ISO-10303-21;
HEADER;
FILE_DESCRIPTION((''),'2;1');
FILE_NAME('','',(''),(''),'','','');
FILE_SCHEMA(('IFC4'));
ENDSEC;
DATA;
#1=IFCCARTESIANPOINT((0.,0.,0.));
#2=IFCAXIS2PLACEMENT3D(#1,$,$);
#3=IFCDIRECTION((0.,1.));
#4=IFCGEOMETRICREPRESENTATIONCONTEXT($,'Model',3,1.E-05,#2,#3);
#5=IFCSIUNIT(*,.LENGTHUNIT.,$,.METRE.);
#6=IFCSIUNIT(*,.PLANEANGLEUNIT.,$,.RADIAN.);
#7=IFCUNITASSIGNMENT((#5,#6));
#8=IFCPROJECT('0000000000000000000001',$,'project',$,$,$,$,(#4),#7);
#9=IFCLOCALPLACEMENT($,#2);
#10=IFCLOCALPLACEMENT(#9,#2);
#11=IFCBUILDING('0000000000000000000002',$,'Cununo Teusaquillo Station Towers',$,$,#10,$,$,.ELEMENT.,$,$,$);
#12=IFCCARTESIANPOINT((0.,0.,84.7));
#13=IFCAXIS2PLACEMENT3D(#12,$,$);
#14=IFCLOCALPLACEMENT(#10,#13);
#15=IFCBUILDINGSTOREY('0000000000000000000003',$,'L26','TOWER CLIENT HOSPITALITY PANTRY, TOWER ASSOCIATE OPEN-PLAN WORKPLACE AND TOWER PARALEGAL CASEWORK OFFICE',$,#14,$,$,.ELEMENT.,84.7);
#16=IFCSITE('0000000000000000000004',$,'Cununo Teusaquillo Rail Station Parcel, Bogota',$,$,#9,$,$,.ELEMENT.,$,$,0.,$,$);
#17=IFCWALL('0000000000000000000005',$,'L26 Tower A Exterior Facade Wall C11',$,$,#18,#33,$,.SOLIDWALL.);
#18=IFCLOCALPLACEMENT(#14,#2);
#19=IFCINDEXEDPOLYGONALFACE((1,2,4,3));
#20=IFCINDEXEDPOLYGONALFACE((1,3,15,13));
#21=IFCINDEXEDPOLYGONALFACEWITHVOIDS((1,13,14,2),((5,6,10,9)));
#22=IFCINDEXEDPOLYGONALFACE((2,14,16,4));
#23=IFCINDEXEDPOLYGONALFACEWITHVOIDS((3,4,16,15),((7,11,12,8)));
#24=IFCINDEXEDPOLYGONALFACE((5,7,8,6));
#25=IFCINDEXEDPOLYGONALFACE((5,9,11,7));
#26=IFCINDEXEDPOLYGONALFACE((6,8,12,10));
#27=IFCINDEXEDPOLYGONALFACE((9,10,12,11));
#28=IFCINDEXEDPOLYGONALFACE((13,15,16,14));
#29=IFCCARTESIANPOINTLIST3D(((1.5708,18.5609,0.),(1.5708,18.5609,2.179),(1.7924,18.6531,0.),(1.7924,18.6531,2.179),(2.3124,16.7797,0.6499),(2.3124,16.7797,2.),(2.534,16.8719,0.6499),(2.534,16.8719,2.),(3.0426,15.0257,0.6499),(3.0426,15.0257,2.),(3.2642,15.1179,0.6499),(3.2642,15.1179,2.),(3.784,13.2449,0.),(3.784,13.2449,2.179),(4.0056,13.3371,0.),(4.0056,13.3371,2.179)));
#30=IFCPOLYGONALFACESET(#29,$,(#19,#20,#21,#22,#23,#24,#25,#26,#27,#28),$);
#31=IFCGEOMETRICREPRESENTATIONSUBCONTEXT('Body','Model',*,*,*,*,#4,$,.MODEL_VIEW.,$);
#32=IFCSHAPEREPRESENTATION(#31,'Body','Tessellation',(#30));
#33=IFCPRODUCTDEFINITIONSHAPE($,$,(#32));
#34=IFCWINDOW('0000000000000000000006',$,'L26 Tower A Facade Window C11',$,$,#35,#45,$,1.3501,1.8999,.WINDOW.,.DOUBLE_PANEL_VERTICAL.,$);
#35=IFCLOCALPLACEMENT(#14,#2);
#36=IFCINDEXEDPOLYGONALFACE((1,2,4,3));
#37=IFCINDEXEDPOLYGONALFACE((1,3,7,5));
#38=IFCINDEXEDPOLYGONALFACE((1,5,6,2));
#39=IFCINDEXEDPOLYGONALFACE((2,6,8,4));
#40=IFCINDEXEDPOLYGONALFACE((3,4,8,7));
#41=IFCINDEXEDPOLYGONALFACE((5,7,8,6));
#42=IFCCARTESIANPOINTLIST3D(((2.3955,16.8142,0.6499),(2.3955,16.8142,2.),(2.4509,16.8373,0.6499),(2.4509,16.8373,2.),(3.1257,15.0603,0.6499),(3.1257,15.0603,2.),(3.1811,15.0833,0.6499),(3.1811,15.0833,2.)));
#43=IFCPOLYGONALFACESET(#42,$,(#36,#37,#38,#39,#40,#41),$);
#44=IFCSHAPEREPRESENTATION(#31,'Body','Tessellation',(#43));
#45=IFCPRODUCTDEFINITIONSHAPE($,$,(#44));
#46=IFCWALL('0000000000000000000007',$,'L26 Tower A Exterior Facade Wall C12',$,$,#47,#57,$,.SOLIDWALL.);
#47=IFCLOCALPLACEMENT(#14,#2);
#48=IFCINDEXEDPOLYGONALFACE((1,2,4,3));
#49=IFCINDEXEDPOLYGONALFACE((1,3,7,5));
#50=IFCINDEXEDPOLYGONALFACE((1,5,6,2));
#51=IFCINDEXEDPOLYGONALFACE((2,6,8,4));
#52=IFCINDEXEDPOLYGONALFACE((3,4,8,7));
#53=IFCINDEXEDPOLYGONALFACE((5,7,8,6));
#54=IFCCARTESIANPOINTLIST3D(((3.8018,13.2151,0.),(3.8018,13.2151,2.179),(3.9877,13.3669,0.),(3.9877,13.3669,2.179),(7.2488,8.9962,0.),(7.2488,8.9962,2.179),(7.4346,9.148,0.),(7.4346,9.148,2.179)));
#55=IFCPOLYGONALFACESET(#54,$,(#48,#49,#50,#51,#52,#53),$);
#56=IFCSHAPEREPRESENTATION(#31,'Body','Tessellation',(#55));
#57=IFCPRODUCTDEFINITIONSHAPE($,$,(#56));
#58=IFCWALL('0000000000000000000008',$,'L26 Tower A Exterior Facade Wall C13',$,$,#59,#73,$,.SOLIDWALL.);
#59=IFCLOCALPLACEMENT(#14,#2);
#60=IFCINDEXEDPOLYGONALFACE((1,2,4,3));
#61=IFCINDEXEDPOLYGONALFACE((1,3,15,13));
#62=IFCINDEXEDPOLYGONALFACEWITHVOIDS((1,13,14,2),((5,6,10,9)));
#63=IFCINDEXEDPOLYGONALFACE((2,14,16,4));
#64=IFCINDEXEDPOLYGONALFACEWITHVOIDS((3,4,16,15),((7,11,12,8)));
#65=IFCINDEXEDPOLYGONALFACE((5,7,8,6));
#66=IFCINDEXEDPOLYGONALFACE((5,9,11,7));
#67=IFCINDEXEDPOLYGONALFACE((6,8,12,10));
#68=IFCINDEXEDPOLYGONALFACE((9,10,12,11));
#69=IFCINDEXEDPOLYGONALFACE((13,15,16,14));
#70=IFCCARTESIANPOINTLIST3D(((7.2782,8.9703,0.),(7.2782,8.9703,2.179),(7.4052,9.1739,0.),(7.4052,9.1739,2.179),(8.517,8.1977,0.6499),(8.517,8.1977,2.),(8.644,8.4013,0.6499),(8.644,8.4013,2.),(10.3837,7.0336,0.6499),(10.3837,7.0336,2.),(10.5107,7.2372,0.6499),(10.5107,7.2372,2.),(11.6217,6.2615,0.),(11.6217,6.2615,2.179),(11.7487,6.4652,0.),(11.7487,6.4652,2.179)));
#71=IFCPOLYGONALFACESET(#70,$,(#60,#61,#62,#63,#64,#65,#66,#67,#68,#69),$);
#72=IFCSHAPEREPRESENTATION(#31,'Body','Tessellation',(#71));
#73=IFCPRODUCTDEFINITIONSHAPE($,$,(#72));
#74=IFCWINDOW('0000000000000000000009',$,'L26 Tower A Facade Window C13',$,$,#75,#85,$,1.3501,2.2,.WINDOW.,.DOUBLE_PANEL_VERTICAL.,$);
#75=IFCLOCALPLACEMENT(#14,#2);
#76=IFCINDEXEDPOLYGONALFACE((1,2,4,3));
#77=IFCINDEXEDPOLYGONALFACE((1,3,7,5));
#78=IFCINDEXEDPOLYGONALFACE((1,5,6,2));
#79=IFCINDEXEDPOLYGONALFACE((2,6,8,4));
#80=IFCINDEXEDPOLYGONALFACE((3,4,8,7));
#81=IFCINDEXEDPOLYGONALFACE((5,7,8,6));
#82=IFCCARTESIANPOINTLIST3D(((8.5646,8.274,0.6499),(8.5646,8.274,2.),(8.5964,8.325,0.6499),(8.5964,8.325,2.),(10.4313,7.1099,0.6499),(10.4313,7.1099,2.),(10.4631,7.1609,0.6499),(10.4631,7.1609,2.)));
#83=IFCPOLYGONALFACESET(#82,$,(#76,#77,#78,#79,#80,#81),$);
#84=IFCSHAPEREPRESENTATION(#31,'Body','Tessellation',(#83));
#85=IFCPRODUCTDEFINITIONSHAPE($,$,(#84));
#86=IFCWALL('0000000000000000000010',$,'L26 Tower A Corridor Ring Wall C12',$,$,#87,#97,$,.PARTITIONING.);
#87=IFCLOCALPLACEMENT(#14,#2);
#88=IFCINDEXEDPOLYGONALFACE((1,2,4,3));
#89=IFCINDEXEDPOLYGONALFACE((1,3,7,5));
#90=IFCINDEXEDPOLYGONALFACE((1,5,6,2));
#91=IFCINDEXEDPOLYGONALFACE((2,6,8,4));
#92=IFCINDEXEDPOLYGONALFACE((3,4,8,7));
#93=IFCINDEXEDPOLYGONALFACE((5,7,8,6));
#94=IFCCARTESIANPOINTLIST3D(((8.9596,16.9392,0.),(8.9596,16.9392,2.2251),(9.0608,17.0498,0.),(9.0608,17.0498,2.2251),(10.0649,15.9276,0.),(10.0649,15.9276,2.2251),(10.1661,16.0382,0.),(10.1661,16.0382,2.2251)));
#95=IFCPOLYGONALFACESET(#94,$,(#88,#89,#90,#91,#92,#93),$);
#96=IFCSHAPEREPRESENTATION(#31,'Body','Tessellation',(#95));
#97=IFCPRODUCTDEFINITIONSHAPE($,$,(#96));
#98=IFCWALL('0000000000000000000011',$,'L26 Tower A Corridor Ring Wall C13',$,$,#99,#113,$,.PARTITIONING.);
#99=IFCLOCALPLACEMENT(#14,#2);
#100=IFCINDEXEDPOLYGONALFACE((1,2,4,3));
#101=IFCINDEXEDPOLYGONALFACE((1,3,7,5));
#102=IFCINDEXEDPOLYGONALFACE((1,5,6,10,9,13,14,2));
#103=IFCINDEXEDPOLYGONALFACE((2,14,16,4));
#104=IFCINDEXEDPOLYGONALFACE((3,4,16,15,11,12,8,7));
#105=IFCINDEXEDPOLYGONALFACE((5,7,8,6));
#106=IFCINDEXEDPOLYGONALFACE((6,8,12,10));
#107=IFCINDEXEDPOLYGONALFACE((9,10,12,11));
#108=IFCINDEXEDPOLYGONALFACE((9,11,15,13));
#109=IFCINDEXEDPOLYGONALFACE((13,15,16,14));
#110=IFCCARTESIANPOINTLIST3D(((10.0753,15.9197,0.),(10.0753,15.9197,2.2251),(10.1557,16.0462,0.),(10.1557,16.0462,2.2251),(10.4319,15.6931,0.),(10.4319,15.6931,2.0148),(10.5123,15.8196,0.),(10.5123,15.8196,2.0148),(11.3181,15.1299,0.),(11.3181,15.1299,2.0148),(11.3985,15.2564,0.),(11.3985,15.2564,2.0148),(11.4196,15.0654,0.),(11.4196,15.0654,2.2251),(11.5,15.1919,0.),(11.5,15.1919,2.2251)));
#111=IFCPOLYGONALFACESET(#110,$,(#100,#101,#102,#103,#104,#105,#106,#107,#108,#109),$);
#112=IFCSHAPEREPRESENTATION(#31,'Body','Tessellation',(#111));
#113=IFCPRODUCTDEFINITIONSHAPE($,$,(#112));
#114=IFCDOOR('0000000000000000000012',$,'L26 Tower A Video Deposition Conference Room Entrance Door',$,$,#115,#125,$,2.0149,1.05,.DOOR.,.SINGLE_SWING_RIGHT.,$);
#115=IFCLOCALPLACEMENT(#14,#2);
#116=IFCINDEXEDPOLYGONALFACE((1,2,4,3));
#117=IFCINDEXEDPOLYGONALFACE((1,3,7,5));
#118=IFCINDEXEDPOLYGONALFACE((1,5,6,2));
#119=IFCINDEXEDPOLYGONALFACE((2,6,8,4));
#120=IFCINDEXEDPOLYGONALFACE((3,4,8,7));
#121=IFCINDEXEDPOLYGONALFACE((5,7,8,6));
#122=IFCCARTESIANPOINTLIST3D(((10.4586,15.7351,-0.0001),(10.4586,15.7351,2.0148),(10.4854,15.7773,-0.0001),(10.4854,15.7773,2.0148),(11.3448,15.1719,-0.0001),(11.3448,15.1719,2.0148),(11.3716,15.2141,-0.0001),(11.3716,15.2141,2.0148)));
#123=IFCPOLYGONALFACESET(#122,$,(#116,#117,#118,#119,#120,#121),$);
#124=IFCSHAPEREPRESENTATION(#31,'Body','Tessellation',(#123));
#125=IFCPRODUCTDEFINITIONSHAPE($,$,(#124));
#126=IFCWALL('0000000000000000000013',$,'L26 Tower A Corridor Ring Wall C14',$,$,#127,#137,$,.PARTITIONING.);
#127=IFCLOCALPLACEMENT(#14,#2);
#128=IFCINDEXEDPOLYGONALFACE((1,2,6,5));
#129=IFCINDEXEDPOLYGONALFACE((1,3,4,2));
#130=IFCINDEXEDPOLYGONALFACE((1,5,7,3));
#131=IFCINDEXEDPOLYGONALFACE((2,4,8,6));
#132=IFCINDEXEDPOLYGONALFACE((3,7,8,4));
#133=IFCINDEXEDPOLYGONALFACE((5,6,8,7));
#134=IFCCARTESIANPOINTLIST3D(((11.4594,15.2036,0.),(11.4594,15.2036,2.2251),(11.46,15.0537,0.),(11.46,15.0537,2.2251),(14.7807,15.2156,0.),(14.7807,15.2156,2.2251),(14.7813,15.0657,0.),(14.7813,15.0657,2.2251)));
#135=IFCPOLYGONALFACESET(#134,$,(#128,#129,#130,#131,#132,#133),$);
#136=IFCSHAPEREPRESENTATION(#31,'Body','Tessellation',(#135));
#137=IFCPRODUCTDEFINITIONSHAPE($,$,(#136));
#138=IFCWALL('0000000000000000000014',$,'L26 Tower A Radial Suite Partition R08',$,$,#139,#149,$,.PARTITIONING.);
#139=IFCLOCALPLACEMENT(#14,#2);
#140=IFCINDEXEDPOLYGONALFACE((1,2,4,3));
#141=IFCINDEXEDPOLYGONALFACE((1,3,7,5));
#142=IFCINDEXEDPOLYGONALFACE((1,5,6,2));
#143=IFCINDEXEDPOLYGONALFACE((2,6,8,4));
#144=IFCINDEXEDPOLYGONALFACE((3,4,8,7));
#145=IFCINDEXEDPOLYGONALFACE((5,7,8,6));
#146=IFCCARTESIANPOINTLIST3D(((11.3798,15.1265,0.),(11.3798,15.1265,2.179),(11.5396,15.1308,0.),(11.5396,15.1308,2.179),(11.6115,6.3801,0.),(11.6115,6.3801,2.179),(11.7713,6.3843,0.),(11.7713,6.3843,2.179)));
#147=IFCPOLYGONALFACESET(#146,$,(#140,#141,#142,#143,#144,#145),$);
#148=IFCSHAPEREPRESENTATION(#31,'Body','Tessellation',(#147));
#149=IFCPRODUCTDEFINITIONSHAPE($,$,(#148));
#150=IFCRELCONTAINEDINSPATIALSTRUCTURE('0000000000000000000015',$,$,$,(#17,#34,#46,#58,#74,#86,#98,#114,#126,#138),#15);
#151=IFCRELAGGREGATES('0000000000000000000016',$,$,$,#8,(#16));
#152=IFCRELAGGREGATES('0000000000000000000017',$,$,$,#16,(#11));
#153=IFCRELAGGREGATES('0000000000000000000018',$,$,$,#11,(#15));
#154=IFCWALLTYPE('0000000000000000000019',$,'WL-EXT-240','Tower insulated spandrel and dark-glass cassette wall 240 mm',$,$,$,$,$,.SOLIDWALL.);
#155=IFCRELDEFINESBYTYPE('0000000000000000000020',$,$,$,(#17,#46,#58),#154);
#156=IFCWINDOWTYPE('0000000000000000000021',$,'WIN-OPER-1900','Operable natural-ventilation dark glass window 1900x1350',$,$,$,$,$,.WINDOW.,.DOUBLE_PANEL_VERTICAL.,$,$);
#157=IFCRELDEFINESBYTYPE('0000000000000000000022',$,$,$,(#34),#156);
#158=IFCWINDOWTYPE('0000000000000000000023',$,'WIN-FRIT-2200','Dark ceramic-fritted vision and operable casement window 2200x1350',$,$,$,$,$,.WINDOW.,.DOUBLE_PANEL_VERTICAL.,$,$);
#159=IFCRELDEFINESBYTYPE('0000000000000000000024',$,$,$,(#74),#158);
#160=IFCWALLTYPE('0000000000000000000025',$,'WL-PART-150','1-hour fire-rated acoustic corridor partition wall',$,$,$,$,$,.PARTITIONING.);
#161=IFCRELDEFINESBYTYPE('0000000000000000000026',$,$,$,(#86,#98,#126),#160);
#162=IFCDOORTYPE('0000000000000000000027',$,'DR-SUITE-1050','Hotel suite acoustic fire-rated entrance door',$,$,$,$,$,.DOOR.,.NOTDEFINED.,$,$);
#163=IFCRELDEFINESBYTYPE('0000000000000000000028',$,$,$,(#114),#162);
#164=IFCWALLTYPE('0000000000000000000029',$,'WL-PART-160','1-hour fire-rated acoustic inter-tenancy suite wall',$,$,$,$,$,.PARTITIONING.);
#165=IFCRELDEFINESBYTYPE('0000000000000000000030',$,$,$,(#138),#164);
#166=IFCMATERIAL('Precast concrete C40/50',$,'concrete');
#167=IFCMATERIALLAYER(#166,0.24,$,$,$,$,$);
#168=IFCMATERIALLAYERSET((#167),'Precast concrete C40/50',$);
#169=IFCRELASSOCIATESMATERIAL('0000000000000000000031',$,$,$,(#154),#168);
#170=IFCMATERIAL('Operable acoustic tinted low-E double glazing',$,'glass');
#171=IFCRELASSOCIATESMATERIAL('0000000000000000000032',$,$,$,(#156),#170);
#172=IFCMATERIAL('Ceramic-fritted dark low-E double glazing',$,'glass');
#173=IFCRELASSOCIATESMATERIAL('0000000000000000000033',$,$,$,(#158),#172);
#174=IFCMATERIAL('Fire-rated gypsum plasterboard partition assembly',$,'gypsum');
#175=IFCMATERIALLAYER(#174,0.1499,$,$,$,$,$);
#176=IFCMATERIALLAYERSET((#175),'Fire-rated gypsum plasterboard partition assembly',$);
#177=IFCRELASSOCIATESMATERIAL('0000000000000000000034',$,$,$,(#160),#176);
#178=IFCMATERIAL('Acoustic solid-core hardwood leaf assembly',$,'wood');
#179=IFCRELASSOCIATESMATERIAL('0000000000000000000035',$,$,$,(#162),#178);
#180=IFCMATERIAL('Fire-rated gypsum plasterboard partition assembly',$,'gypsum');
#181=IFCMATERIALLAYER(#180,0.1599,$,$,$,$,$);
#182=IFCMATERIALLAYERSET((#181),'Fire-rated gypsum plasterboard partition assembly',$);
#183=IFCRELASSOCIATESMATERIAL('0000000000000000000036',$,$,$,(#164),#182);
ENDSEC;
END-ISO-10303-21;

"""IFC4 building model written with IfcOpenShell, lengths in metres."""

from ifc_helpers import new_model, si_unit, direction, frame, frame_2d, origin, place, context, subcontext, project, spatial, rectangle, extrude, source, transform, mapped, material, layer, layer_set, type_object, element, fill, save


model = new_model("IFC4")

# Units and contexts
model_context = context("Model", 3, precision=1e-05, world=origin(), true_north=direction((0.0, 1.0)))
body_context = subcontext(model_context, "Body", "Model", "MODEL_VIEW")
ifc_project = project(units=[si_unit("LENGTHUNIT", "METRE"), si_unit("PLANEANGLEUNIT", "RADIAN")], contexts=[model_context])

# Site, building, storey
site_placement = place(None, origin())
site = spatial("IfcSite", under=ifc_project, at=site_placement, Name="Cununo Teusaquillo Rail Station Parcel, Bogota", CompositionType="ELEMENT", RefElevation=0.0)
building_placement = place(site_placement, origin())
building = spatial("IfcBuilding", under=site, at=building_placement, Name="Cununo Teusaquillo Station Towers", CompositionType="ELEMENT")
storey_placement = place(building_placement, frame((0.0, 0.0, 84.7)))
storey = spatial("IfcBuildingStorey", under=building, at=storey_placement, Name="L26", Description="TOWER CLIENT HOSPITALITY PANTRY, TOWER ASSOCIATE OPEN-PLAN WORKPLACE AND TOWER PARALEGAL CASEWORK OFFICE", CompositionType="ELEMENT", Elevation=84.7)

# Wall, opening, window
ifc_material_1 = material(Name="Precast concrete C40/50", Category="concrete")
ifc_layer_1 = layer(ifc_material_1, 0.24)
ifc_layer_set_1 = layer_set([ifc_layer_1], Name="Precast concrete C40/50")
wall_type_1 = type_object("IfcWallType", Name="WL-EXT-240", Description="Tower insulated spandrel and dark-glass cassette wall 240 mm", PredefinedType="SOLIDWALL", material=ifc_layer_set_1)
wall_1_placement = place(storey_placement, frame((3.8948, 13.291, 0.0), z_axis=(0.0, 0.0, 1.0), x_axis=(-0.384344, 0.92319, 0.0)))
wall_1 = element("IfcWall", 1, at=wall_1_placement, inside=storey, type_object=wall_type_1, Name="L26 Tower A Exterior Facade Wall C11", PredefinedType="SOLIDWALL", context=body_context, shape_type="SweptSolid", body=[
    extrude(rectangle(XDim=5.7583, YDim=0.24, at=frame_2d((2.8792, 0.0))), origin(), (0.0, 0.0, 1.0), 2.179),
])
shared_shape_1 = source(origin(), body_context, "Body", "SweptSolid", [
    extrude(rectangle(XDim=1.8999, YDim=1.3501, at=frame_2d((0.95, 0.675))), frame((0.0, 0.1299, 0.0), z_axis=(0.0, -1.0, 0.0), x_axis=(1.0, 0.0, 0.0)), (0.0, 0.0, 1.0), 0.26),
])
opening_1_placement = place(wall_1_placement, frame((1.929, 0.0, 0.6499)))
opening_1 = element("IfcOpeningElement", 2, at=opening_1_placement, cuts=wall_1, PredefinedType="OPENING", context=body_context, shape_type="MappedRepresentation", body=[
    mapped(shared_shape_1, transform((0.0, 0.0, 0.0), x_axis=(1.0, 0.0, 0.0), y_axis=(0.0, 1.0, 0.0), z_axis=(0.0, 0.0, 1.0), scale=1.0)),
])
ifc_material_2 = material(Name="Operable acoustic tinted low-E double glazing", Category="glass")
window_type_1 = type_object("IfcWindowType", Name="WIN-OPER-1900", Description="Operable natural-ventilation dark glass window 1900x1350", PartitioningType="DOUBLE_PANEL_VERTICAL", PredefinedType="WINDOW", material=ifc_material_2)
shared_shape_2 = source(origin(), body_context, "Body", "SweptSolid", [
    extrude(rectangle(XDim=1.8999, YDim=1.3501, at=frame_2d((0.95, 0.675))), frame((0.0, 0.03, 0.0), z_axis=(0.0, -1.0, 0.0), x_axis=(1.0, 0.0, 0.0)), (0.0, 0.0, 1.0), 0.0601),
])
window_1_placement = place(opening_1_placement, origin())
window_1 = element("IfcWindow", 3, at=window_1_placement, inside=storey, type_object=window_type_1, Name="L26 Tower A Facade Window C11", OverallHeight=1.3501, OverallWidth=1.8999, PartitioningType="DOUBLE_PANEL_VERTICAL", PredefinedType="WINDOW", context=body_context, shape_type="MappedRepresentation", body=[
    mapped(shared_shape_2, transform((0.0, 0.0, 0.0), x_axis=(1.0, 0.0, 0.0), y_axis=(0.0, 1.0, 0.0), z_axis=(0.0, 0.0, 1.0), scale=1.0)),
])
fill(opening_1, window_1)

# Wall
wall_2_placement = place(storey_placement, frame((7.3418, 9.072, 0.0), z_axis=(0.0, 0.0, 1.0), x_axis=(-0.632701, 0.774396, 0.0)))
element("IfcWall", 4, at=wall_2_placement, inside=storey, type_object=wall_type_1, Name="L26 Tower A Exterior Facade Wall C12", PredefinedType="SOLIDWALL", context=body_context, shape_type="SweptSolid", body=[
    extrude(rectangle(XDim=5.448, YDim=0.24, at=frame_2d((2.7241, 0.0))), origin(), (0.0, 0.0, 1.0), 2.179),
])

# Wall, opening, window
wall_3_placement = place(storey_placement, frame((11.6853, 6.3633, 0.0), z_axis=(0.0, 0.0, 1.0), x_axis=(-0.84852, 0.529163, 0.0)))
wall_3 = element("IfcWall", 5, at=wall_3_placement, inside=storey, type_object=wall_type_1, Name="L26 Tower A Exterior Facade Wall C13", PredefinedType="SOLIDWALL", context=body_context, shape_type="SweptSolid", body=[
    extrude(rectangle(XDim=5.1189, YDim=0.24, at=frame_2d((2.5596, 0.0))), origin(), (0.0, 0.0, 1.0), 2.179),
])
shared_shape_3 = source(origin(), body_context, "Body", "SweptSolid", [
    extrude(rectangle(XDim=2.2, YDim=1.3501, at=frame_2d((1.1001, 0.675))), frame((0.0, 0.1299, 0.0), z_axis=(0.0, -1.0, 0.0), x_axis=(1.0, 0.0, 0.0)), (0.0, 0.0, 1.0), 0.26),
])
opening_2_placement = place(wall_3_placement, frame((1.459, 0.0, 0.6499)))
opening_2 = element("IfcOpeningElement", 6, at=opening_2_placement, cuts=wall_3, PredefinedType="OPENING", context=body_context, shape_type="MappedRepresentation", body=[
    mapped(shared_shape_3, transform((0.0, 0.0, 0.0), x_axis=(1.0, 0.0, 0.0), y_axis=(0.0, 1.0, 0.0), z_axis=(0.0, 0.0, 1.0), scale=1.0)),
])
ifc_material_3 = material(Name="Ceramic-fritted dark low-E double glazing", Category="glass")
window_type_2 = type_object("IfcWindowType", Name="WIN-FRIT-2200", Description="Dark ceramic-fritted vision and operable casement window 2200x1350", PartitioningType="DOUBLE_PANEL_VERTICAL", PredefinedType="WINDOW", material=ifc_material_3)
shared_shape_4 = source(origin(), body_context, "Body", "SweptSolid", [
    extrude(rectangle(XDim=2.2, YDim=1.3501, at=frame_2d((1.1001, 0.675))), frame((0.0, 0.03, 0.0), z_axis=(0.0, -1.0, 0.0), x_axis=(1.0, 0.0, 0.0)), (0.0, 0.0, 1.0), 0.0601),
])
window_2_placement = place(opening_2_placement, origin())
window_2 = element("IfcWindow", 7, at=window_2_placement, inside=storey, type_object=window_type_2, Name="L26 Tower A Facade Window C13", OverallHeight=1.3501, OverallWidth=2.2, PartitioningType="DOUBLE_PANEL_VERTICAL", PredefinedType="WINDOW", context=body_context, shape_type="MappedRepresentation", body=[
    mapped(shared_shape_4, transform((0.0, 0.0, 0.0), x_axis=(1.0, 0.0, 0.0), y_axis=(0.0, 1.0, 0.0), z_axis=(0.0, 0.0, 1.0), scale=1.0)),
])
fill(opening_2, window_2)

# Wall
ifc_material_4 = material(Name="Fire-rated gypsum plasterboard partition assembly", Category="gypsum")
ifc_layer_2 = layer(ifc_material_4, 0.1499)
ifc_layer_set_2 = layer_set([ifc_layer_2], Name="Fire-rated gypsum plasterboard partition assembly")
wall_type_2 = type_object("IfcWallType", Name="WL-PART-150", Description="1-hour fire-rated acoustic corridor partition wall", PredefinedType="PARTITIONING", material=ifc_layer_set_2)
wall_4_placement = place(storey_placement, frame((9.0103, 16.9944, 0.0), z_axis=(0.0, 0.0, 1.0), x_axis=(0.737702, -0.675127, 0.0)))
element("IfcWall", 8, at=wall_4_placement, inside=storey, type_object=wall_type_2, Name="L26 Tower A Corridor Ring Wall C12", PredefinedType="PARTITIONING", context=body_context, shape_type="SweptSolid", body=[
    extrude(rectangle(XDim=1.4983, YDim=0.1499, at=frame_2d((0.749, 0.0))), origin(), (0.0, 0.0, 1.0), 2.2251),
])

# Wall, opening, door
wall_5_placement = place(storey_placement, frame((10.1155, 15.9829, 0.0), z_axis=(0.0, 0.0, 1.0), x_axis=(0.843996, -0.53635, 0.0)))
wall_5 = element("IfcWall", 9, at=wall_5_placement, inside=storey, type_object=wall_type_2, Name="L26 Tower A Corridor Ring Wall C13", PredefinedType="PARTITIONING", context=body_context, shape_type="SweptSolid", body=[
    extrude(rectangle(XDim=1.5928, YDim=0.1499, at=frame_2d((0.7964, 0.0))), origin(), (0.0, 0.0, 1.0), 2.2251),
])
shared_shape_5 = source(origin(), body_context, "Body", "SweptSolid", [
    extrude(rectangle(XDim=1.05, YDim=2.0149, at=frame_2d((0.5249, 1.0073))), frame((0.0, 0.085, 0.0), z_axis=(0.0, -1.0, 0.0), x_axis=(1.0, 0.0, 0.0)), (0.0, 0.0, 1.0), 0.1699),
])
opening_3_placement = place(wall_5_placement, frame((0.4226, 0.0, 0.0)))
opening_3 = element("IfcOpeningElement", 10, at=opening_3_placement, cuts=wall_5, PredefinedType="OPENING", context=body_context, shape_type="MappedRepresentation", body=[
    mapped(shared_shape_5, transform((0.0, 0.0, 0.0), x_axis=(1.0, 0.0, 0.0), y_axis=(0.0, 1.0, 0.0), z_axis=(0.0, 0.0, 1.0), scale=1.0)),
])
ifc_material_5 = material(Name="Acoustic solid-core hardwood leaf assembly", Category="wood")
door_type = type_object("IfcDoorType", Name="DR-SUITE-1050", Description="Hotel suite acoustic fire-rated entrance door", OperationType="NOTDEFINED", PredefinedType="DOOR", material=ifc_material_5)
shared_shape_6 = source(origin(), body_context, "Body", "SweptSolid", [
    extrude(rectangle(XDim=1.05, YDim=2.0149, at=frame_2d((0.5249, 1.0073))), frame((0.0, 0.0249, 0.0), z_axis=(0.0, -1.0, 0.0), x_axis=(1.0, 0.0, 0.0)), (0.0, 0.0, 1.0), 0.05),
])
door_placement = place(opening_3_placement, origin())
door = element("IfcDoor", 11, at=door_placement, inside=storey, type_object=door_type, Name="L26 Tower A Video Deposition Conference Room Entrance Door", OperationType="SINGLE_SWING_RIGHT", OverallHeight=2.0149, OverallWidth=1.05, PredefinedType="DOOR", context=body_context, shape_type="MappedRepresentation", body=[
    mapped(shared_shape_6, transform((0.0, 0.0, 0.0), x_axis=(1.0, 0.0, 0.0), y_axis=(0.0, 1.0, 0.0), z_axis=(0.0, 0.0, 1.0), scale=1.0)),
])
fill(opening_3, door)

# Walls
wall_6_placement = place(storey_placement, frame((11.4597, 15.1287, 0.0), z_axis=(0.0, 0.0, 1.0), x_axis=(0.999994, 0.003602, 0.0)))
element("IfcWall", 12, at=wall_6_placement, inside=storey, type_object=wall_type_2, Name="L26 Tower A Corridor Ring Wall C14", PredefinedType="PARTITIONING", context=body_context, shape_type="SweptSolid", body=[
    extrude(rectangle(XDim=3.3213, YDim=0.1499, at=frame_2d((1.6606, 0.0))), origin(), (0.0, 0.0, 1.0), 2.2251),
])
ifc_material_6 = material(Name="Fire-rated gypsum plasterboard partition assembly", Category="gypsum")
ifc_layer_3 = layer(ifc_material_6, 0.1599)
ifc_layer_set_3 = layer_set([ifc_layer_3], Name="Fire-rated gypsum plasterboard partition assembly")
wall_type_3 = type_object("IfcWallType", Name="WL-PART-160", Description="1-hour fire-rated acoustic inter-tenancy suite wall", PredefinedType="PARTITIONING", material=ifc_layer_set_3)
wall_7_placement = place(storey_placement, frame((11.4597, 15.1287, 0.0), z_axis=(0.0, 0.0, 1.0), x_axis=(0.026481, -0.999649, 0.0)))
element("IfcWall", 13, at=wall_7_placement, inside=storey, type_object=wall_type_3, Name="L26 Tower A Radial Suite Partition R08", PredefinedType="PARTITIONING", context=body_context, shape_type="SweptSolid", body=[
    extrude(rectangle(XDim=8.7495, YDim=0.1599, at=frame_2d((4.3748, 0.0))), origin(), (0.0, 0.0, 1.0), 2.179),
])

save(model, "model.ifc")
